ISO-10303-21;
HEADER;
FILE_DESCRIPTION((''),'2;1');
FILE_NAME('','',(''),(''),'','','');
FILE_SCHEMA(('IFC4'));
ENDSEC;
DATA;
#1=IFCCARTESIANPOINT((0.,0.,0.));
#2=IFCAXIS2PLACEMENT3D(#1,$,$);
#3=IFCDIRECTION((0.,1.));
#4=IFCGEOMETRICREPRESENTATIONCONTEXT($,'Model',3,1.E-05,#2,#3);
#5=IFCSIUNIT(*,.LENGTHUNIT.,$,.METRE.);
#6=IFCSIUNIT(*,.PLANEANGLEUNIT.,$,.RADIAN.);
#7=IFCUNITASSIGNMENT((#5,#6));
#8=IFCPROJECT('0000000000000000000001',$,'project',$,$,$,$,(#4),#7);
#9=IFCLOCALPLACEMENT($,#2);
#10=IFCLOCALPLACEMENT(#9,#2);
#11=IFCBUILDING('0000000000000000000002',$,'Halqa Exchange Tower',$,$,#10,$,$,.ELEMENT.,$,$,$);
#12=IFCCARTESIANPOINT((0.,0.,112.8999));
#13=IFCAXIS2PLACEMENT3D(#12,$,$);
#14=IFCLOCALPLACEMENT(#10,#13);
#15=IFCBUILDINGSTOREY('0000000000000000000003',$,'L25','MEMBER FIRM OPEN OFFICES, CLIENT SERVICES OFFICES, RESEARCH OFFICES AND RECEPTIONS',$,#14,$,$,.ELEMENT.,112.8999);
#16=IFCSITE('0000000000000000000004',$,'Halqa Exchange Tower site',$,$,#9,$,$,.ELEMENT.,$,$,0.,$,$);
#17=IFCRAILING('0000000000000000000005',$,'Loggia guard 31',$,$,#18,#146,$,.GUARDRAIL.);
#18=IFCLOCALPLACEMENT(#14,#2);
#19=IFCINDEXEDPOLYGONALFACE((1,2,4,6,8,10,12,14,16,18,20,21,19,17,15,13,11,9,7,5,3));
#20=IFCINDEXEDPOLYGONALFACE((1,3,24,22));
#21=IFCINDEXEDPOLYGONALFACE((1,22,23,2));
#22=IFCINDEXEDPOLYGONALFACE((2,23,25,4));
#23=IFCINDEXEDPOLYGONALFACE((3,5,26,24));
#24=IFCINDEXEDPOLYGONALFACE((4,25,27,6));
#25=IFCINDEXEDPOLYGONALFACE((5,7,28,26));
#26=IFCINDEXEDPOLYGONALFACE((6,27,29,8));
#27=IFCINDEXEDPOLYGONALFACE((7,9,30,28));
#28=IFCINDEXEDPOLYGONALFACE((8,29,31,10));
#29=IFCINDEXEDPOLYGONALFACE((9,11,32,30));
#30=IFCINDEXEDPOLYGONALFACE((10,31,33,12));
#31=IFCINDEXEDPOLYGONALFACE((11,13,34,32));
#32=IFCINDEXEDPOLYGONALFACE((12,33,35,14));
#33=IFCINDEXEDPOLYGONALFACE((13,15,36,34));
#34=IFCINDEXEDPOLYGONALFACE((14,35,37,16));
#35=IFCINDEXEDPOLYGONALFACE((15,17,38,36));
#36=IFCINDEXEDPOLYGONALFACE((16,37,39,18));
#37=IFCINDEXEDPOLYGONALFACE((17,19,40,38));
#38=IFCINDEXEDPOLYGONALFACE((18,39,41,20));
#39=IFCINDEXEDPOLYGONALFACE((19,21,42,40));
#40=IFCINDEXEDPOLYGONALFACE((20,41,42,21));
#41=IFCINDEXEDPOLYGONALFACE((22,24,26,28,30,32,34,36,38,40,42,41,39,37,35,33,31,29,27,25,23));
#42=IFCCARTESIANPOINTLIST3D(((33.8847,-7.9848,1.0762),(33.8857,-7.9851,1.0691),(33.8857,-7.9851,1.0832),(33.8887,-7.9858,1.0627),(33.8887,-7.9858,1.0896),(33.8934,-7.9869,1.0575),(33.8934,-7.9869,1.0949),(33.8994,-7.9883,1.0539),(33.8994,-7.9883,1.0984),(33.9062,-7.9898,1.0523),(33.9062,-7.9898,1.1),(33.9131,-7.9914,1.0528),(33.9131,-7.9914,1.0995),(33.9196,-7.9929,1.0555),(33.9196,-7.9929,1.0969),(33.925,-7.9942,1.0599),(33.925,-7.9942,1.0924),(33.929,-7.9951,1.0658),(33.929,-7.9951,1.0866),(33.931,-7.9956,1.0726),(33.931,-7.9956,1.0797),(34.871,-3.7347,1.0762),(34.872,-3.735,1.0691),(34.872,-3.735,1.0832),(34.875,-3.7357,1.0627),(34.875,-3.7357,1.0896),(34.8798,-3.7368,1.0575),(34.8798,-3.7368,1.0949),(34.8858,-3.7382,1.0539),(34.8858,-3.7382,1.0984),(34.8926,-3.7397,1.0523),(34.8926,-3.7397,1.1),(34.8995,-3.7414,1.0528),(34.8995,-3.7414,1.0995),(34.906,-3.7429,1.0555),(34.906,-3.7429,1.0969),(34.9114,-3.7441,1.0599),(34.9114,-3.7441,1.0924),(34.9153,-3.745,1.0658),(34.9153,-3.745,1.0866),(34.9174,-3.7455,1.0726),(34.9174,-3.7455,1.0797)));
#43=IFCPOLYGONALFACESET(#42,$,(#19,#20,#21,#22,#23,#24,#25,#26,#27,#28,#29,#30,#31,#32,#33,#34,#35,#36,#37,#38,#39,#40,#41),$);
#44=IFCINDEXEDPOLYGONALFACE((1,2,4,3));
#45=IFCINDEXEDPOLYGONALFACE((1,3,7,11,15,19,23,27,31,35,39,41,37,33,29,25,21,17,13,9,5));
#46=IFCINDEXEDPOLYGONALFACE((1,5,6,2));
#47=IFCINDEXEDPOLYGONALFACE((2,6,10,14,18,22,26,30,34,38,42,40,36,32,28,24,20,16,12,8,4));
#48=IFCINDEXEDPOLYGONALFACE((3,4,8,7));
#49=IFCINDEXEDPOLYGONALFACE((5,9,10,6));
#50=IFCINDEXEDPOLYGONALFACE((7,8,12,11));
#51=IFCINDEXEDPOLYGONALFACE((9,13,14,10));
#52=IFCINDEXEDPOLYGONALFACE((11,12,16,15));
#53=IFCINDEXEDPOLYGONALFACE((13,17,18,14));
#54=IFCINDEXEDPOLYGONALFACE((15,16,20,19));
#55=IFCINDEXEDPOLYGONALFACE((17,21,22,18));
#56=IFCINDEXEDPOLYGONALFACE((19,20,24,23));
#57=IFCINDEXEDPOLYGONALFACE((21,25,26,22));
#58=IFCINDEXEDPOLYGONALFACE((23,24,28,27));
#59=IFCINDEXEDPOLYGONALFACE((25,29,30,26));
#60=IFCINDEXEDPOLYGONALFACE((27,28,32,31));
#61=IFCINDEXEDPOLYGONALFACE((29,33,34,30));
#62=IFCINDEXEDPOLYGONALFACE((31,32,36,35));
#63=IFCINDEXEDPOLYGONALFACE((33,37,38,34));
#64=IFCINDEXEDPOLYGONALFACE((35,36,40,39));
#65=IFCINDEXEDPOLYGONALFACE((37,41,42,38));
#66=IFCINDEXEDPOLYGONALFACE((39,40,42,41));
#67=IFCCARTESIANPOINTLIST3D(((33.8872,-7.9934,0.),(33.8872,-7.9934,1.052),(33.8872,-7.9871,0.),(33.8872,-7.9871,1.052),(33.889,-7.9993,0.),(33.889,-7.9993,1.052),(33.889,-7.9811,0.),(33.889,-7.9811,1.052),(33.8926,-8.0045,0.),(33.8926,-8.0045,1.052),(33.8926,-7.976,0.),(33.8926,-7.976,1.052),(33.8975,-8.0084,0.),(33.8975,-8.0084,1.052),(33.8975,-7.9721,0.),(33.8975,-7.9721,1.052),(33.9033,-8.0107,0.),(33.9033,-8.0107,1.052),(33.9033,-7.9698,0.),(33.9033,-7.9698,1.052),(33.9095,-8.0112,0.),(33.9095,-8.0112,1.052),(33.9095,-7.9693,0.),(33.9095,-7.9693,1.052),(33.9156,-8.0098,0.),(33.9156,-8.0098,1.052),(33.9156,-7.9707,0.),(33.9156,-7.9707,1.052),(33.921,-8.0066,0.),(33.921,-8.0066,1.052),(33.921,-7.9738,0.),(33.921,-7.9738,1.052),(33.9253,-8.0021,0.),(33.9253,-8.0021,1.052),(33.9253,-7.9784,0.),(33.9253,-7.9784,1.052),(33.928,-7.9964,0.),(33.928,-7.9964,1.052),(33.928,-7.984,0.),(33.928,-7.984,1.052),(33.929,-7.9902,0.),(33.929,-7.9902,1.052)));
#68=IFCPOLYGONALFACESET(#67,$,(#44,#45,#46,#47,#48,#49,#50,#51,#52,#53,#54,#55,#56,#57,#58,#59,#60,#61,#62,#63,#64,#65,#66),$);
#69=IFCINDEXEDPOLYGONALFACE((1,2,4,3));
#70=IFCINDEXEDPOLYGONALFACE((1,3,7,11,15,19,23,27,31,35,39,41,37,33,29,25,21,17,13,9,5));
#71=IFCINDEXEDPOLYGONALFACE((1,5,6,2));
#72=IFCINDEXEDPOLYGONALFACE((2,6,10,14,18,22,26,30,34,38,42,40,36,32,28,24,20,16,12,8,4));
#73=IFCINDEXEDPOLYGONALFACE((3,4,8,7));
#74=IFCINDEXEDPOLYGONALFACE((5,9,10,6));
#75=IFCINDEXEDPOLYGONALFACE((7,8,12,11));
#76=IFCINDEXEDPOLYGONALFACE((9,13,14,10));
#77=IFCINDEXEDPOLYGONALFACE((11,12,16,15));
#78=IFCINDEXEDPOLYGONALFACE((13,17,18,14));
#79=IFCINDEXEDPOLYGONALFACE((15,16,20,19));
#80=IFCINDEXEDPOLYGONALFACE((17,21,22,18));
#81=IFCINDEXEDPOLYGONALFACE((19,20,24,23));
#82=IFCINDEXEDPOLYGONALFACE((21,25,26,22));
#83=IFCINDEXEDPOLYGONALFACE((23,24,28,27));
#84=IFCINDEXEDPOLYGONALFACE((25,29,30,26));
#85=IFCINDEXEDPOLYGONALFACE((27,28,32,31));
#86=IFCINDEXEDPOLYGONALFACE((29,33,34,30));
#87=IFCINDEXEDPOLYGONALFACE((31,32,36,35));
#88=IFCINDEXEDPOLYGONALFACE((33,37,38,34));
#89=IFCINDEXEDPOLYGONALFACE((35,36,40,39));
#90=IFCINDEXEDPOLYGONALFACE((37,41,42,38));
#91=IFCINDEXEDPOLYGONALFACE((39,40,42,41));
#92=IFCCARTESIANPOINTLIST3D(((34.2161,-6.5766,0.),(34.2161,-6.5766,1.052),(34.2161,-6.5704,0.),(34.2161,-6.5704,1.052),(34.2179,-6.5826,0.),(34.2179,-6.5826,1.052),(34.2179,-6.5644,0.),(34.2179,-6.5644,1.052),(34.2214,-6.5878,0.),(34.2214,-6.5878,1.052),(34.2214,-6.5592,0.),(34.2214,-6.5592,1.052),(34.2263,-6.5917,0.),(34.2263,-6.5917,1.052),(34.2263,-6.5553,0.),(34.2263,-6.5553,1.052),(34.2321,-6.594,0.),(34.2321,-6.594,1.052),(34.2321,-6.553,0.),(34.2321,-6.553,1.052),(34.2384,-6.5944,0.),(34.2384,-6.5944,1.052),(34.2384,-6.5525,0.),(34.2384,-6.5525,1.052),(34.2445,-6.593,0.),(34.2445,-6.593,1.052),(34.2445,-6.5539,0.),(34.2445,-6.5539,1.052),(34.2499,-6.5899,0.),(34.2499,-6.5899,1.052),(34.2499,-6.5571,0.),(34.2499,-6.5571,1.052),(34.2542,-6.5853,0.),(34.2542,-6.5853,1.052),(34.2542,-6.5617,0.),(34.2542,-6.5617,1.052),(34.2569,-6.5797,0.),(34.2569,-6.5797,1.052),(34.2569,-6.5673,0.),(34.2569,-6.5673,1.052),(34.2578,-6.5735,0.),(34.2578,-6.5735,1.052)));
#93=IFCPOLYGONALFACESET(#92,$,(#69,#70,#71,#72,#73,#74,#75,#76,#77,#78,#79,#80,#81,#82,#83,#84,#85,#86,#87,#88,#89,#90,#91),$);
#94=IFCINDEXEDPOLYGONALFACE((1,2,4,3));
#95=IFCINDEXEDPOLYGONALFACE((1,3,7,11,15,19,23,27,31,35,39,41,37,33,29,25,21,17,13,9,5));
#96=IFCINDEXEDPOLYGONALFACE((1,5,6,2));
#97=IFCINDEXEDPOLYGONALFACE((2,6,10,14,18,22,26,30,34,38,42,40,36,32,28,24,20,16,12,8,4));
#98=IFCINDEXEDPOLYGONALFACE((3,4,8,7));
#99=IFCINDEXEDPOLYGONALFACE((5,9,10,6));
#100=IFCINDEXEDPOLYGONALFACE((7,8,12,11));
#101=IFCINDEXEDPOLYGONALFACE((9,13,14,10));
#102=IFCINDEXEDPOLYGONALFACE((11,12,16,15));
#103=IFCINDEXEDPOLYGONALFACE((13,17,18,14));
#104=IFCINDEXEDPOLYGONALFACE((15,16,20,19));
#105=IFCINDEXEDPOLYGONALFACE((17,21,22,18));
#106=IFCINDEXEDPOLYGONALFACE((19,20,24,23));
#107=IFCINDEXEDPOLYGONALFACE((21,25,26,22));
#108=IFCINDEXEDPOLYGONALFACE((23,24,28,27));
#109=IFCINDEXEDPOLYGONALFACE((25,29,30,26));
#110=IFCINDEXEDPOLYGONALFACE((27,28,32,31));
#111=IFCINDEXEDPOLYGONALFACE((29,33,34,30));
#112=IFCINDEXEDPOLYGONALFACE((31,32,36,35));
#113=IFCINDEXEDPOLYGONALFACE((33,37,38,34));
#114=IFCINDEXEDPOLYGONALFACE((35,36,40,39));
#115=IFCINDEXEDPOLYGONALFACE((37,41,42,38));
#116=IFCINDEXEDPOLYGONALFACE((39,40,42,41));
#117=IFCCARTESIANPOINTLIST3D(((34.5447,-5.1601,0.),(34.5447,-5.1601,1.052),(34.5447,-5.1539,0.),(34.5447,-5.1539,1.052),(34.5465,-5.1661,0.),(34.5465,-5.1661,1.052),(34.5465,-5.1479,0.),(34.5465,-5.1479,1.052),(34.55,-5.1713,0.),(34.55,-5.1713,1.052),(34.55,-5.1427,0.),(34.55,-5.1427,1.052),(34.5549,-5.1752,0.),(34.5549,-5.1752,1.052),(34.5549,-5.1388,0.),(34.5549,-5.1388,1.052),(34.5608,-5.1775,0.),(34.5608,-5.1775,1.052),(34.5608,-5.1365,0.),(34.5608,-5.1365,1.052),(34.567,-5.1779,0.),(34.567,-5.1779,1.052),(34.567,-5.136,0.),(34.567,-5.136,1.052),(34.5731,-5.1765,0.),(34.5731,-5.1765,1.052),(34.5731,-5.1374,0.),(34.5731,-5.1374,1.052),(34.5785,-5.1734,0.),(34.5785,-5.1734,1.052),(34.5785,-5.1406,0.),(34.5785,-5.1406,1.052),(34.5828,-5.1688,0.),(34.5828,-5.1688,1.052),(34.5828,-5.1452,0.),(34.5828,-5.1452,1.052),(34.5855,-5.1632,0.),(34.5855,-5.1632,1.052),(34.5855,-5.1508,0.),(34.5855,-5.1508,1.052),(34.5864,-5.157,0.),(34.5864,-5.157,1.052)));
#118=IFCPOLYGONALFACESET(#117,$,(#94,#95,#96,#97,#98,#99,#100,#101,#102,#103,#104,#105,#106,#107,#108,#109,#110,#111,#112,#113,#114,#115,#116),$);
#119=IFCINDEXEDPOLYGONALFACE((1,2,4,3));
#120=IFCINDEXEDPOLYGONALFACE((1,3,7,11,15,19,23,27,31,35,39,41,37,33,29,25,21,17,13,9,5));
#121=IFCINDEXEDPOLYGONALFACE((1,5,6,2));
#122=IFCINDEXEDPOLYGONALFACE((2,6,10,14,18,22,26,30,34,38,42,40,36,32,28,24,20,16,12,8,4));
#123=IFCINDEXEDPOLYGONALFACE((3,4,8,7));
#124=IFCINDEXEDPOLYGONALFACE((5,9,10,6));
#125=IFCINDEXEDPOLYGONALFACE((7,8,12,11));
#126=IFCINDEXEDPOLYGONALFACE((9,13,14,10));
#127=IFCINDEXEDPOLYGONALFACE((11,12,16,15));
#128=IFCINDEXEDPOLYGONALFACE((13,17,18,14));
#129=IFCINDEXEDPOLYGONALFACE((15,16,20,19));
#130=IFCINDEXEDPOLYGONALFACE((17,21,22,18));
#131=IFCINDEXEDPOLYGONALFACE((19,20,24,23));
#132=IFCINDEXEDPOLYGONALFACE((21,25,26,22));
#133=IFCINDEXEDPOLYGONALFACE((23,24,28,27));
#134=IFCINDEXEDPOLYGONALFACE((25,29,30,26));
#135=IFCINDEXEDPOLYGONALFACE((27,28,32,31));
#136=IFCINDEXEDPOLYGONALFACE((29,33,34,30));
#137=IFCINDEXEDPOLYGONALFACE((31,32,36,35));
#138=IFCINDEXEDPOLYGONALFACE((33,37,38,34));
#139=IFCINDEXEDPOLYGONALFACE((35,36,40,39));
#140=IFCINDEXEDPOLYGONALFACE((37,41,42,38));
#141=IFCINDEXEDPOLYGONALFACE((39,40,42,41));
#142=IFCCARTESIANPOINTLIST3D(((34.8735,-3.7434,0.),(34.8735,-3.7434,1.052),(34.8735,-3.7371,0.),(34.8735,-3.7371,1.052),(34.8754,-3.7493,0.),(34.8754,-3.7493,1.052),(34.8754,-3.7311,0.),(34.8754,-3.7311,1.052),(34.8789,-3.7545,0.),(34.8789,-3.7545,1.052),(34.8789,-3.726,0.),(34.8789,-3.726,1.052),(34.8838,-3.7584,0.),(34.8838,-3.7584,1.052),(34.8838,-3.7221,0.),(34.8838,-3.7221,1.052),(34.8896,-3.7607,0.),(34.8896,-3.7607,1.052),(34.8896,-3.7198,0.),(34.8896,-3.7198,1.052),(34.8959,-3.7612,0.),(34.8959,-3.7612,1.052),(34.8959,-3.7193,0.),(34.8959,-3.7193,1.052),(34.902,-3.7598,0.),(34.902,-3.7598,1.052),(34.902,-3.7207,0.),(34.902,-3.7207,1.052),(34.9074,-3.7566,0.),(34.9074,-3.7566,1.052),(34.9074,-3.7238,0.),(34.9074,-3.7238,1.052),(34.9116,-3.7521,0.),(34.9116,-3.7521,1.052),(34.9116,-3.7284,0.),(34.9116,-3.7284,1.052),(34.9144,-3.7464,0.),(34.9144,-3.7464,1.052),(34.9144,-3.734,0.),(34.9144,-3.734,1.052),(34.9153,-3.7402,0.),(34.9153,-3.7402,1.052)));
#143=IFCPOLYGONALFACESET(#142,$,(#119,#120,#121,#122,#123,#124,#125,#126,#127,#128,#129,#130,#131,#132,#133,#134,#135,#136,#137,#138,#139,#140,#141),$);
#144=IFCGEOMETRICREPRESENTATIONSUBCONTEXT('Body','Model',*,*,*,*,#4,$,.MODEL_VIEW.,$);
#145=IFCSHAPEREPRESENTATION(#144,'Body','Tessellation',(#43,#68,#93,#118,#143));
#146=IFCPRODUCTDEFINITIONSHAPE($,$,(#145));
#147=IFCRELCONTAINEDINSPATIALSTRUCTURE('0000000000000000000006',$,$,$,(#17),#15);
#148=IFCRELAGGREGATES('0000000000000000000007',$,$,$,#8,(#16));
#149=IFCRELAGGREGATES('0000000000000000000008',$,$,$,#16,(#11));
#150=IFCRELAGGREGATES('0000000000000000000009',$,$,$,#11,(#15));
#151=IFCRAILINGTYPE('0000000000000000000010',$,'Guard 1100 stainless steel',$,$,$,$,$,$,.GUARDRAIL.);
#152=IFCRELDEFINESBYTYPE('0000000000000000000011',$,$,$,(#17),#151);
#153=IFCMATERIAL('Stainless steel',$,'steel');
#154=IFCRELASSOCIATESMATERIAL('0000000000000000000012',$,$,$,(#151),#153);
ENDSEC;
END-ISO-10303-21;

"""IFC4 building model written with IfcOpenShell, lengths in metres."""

from ifc_helpers import new_model, si_unit, direction, frame, origin, origin_2d, place, context, subcontext, project, spatial, circle, extrude, material, type_object, element, save


model = new_model("IFC4")

# Units and contexts
model_context = context("Model", 3, precision=1e-05, world=origin(), true_north=direction((0.0, 1.0)))
body_context = subcontext(model_context, "Body", "Model", "MODEL_VIEW")
ifc_project = project(units=[si_unit("LENGTHUNIT", "METRE"), si_unit("PLANEANGLEUNIT", "RADIAN")], contexts=[model_context])

# Site, building, storey
site_placement = place(None, origin())
site = spatial("IfcSite", under=ifc_project, at=site_placement, Name="Halqa Exchange Tower site", CompositionType="ELEMENT", RefElevation=0.0)
building_placement = place(site_placement, origin())
building = spatial("IfcBuilding", under=site, at=building_placement, Name="Halqa Exchange Tower", CompositionType="ELEMENT")
storey_placement = place(building_placement, frame((0.0, 0.0, 112.8999)))
storey = spatial("IfcBuildingStorey", under=building, at=storey_placement, Name="L25", Description="MEMBER FIRM OPEN OFFICES, CLIENT SERVICES OFFICES, RESEARCH OFFICES AND RECEPTIONS", CompositionType="ELEMENT", Elevation=112.8999)

# Railing
ifc_material_1 = material(Name="Stainless steel", Category="steel")
railing_type = type_object("IfcRailingType", Name="Guard 1100 stainless steel", PredefinedType="GUARDRAIL", material=ifc_material_1)
railing_1_placement = place(storey_placement, frame((33.908, -7.9902, 0.0)))
element("IfcRailing", 1, at=railing_1_placement, inside=storey, type_object=railing_type, Name="Loggia guard 31", PredefinedType="GUARDRAIL", context=body_context, shape_type="SweptSolid", body=[
    extrude(circle(Radius=0.0239, at=origin_2d()), frame((0.0, 0.0, 1.0762), z_axis=(0.226069, 0.974111, 0.0), x_axis=(-0.974111, 0.226069, 0.0)), (0.0, 0.0, 1.0), 4.363),
    extrude(circle(Radius=0.021, at=origin_2d()), origin(), (0.0, 0.0, 1.0), 1.052),
    extrude(circle(Radius=0.021, at=origin_2d()), frame((0.3289, 1.4167, 0.0)), (0.0, 0.0, 1.0), 1.052),
    extrude(circle(Radius=0.021, at=origin_2d()), frame((0.6575, 2.8333, 0.0)), (0.0, 0.0, 1.0), 1.052),
    extrude(circle(Radius=0.021, at=origin_2d()), frame((0.9863, 4.25, 0.0)), (0.0, 0.0, 1.0), 1.052),
])

save(model, "model.ifc")
